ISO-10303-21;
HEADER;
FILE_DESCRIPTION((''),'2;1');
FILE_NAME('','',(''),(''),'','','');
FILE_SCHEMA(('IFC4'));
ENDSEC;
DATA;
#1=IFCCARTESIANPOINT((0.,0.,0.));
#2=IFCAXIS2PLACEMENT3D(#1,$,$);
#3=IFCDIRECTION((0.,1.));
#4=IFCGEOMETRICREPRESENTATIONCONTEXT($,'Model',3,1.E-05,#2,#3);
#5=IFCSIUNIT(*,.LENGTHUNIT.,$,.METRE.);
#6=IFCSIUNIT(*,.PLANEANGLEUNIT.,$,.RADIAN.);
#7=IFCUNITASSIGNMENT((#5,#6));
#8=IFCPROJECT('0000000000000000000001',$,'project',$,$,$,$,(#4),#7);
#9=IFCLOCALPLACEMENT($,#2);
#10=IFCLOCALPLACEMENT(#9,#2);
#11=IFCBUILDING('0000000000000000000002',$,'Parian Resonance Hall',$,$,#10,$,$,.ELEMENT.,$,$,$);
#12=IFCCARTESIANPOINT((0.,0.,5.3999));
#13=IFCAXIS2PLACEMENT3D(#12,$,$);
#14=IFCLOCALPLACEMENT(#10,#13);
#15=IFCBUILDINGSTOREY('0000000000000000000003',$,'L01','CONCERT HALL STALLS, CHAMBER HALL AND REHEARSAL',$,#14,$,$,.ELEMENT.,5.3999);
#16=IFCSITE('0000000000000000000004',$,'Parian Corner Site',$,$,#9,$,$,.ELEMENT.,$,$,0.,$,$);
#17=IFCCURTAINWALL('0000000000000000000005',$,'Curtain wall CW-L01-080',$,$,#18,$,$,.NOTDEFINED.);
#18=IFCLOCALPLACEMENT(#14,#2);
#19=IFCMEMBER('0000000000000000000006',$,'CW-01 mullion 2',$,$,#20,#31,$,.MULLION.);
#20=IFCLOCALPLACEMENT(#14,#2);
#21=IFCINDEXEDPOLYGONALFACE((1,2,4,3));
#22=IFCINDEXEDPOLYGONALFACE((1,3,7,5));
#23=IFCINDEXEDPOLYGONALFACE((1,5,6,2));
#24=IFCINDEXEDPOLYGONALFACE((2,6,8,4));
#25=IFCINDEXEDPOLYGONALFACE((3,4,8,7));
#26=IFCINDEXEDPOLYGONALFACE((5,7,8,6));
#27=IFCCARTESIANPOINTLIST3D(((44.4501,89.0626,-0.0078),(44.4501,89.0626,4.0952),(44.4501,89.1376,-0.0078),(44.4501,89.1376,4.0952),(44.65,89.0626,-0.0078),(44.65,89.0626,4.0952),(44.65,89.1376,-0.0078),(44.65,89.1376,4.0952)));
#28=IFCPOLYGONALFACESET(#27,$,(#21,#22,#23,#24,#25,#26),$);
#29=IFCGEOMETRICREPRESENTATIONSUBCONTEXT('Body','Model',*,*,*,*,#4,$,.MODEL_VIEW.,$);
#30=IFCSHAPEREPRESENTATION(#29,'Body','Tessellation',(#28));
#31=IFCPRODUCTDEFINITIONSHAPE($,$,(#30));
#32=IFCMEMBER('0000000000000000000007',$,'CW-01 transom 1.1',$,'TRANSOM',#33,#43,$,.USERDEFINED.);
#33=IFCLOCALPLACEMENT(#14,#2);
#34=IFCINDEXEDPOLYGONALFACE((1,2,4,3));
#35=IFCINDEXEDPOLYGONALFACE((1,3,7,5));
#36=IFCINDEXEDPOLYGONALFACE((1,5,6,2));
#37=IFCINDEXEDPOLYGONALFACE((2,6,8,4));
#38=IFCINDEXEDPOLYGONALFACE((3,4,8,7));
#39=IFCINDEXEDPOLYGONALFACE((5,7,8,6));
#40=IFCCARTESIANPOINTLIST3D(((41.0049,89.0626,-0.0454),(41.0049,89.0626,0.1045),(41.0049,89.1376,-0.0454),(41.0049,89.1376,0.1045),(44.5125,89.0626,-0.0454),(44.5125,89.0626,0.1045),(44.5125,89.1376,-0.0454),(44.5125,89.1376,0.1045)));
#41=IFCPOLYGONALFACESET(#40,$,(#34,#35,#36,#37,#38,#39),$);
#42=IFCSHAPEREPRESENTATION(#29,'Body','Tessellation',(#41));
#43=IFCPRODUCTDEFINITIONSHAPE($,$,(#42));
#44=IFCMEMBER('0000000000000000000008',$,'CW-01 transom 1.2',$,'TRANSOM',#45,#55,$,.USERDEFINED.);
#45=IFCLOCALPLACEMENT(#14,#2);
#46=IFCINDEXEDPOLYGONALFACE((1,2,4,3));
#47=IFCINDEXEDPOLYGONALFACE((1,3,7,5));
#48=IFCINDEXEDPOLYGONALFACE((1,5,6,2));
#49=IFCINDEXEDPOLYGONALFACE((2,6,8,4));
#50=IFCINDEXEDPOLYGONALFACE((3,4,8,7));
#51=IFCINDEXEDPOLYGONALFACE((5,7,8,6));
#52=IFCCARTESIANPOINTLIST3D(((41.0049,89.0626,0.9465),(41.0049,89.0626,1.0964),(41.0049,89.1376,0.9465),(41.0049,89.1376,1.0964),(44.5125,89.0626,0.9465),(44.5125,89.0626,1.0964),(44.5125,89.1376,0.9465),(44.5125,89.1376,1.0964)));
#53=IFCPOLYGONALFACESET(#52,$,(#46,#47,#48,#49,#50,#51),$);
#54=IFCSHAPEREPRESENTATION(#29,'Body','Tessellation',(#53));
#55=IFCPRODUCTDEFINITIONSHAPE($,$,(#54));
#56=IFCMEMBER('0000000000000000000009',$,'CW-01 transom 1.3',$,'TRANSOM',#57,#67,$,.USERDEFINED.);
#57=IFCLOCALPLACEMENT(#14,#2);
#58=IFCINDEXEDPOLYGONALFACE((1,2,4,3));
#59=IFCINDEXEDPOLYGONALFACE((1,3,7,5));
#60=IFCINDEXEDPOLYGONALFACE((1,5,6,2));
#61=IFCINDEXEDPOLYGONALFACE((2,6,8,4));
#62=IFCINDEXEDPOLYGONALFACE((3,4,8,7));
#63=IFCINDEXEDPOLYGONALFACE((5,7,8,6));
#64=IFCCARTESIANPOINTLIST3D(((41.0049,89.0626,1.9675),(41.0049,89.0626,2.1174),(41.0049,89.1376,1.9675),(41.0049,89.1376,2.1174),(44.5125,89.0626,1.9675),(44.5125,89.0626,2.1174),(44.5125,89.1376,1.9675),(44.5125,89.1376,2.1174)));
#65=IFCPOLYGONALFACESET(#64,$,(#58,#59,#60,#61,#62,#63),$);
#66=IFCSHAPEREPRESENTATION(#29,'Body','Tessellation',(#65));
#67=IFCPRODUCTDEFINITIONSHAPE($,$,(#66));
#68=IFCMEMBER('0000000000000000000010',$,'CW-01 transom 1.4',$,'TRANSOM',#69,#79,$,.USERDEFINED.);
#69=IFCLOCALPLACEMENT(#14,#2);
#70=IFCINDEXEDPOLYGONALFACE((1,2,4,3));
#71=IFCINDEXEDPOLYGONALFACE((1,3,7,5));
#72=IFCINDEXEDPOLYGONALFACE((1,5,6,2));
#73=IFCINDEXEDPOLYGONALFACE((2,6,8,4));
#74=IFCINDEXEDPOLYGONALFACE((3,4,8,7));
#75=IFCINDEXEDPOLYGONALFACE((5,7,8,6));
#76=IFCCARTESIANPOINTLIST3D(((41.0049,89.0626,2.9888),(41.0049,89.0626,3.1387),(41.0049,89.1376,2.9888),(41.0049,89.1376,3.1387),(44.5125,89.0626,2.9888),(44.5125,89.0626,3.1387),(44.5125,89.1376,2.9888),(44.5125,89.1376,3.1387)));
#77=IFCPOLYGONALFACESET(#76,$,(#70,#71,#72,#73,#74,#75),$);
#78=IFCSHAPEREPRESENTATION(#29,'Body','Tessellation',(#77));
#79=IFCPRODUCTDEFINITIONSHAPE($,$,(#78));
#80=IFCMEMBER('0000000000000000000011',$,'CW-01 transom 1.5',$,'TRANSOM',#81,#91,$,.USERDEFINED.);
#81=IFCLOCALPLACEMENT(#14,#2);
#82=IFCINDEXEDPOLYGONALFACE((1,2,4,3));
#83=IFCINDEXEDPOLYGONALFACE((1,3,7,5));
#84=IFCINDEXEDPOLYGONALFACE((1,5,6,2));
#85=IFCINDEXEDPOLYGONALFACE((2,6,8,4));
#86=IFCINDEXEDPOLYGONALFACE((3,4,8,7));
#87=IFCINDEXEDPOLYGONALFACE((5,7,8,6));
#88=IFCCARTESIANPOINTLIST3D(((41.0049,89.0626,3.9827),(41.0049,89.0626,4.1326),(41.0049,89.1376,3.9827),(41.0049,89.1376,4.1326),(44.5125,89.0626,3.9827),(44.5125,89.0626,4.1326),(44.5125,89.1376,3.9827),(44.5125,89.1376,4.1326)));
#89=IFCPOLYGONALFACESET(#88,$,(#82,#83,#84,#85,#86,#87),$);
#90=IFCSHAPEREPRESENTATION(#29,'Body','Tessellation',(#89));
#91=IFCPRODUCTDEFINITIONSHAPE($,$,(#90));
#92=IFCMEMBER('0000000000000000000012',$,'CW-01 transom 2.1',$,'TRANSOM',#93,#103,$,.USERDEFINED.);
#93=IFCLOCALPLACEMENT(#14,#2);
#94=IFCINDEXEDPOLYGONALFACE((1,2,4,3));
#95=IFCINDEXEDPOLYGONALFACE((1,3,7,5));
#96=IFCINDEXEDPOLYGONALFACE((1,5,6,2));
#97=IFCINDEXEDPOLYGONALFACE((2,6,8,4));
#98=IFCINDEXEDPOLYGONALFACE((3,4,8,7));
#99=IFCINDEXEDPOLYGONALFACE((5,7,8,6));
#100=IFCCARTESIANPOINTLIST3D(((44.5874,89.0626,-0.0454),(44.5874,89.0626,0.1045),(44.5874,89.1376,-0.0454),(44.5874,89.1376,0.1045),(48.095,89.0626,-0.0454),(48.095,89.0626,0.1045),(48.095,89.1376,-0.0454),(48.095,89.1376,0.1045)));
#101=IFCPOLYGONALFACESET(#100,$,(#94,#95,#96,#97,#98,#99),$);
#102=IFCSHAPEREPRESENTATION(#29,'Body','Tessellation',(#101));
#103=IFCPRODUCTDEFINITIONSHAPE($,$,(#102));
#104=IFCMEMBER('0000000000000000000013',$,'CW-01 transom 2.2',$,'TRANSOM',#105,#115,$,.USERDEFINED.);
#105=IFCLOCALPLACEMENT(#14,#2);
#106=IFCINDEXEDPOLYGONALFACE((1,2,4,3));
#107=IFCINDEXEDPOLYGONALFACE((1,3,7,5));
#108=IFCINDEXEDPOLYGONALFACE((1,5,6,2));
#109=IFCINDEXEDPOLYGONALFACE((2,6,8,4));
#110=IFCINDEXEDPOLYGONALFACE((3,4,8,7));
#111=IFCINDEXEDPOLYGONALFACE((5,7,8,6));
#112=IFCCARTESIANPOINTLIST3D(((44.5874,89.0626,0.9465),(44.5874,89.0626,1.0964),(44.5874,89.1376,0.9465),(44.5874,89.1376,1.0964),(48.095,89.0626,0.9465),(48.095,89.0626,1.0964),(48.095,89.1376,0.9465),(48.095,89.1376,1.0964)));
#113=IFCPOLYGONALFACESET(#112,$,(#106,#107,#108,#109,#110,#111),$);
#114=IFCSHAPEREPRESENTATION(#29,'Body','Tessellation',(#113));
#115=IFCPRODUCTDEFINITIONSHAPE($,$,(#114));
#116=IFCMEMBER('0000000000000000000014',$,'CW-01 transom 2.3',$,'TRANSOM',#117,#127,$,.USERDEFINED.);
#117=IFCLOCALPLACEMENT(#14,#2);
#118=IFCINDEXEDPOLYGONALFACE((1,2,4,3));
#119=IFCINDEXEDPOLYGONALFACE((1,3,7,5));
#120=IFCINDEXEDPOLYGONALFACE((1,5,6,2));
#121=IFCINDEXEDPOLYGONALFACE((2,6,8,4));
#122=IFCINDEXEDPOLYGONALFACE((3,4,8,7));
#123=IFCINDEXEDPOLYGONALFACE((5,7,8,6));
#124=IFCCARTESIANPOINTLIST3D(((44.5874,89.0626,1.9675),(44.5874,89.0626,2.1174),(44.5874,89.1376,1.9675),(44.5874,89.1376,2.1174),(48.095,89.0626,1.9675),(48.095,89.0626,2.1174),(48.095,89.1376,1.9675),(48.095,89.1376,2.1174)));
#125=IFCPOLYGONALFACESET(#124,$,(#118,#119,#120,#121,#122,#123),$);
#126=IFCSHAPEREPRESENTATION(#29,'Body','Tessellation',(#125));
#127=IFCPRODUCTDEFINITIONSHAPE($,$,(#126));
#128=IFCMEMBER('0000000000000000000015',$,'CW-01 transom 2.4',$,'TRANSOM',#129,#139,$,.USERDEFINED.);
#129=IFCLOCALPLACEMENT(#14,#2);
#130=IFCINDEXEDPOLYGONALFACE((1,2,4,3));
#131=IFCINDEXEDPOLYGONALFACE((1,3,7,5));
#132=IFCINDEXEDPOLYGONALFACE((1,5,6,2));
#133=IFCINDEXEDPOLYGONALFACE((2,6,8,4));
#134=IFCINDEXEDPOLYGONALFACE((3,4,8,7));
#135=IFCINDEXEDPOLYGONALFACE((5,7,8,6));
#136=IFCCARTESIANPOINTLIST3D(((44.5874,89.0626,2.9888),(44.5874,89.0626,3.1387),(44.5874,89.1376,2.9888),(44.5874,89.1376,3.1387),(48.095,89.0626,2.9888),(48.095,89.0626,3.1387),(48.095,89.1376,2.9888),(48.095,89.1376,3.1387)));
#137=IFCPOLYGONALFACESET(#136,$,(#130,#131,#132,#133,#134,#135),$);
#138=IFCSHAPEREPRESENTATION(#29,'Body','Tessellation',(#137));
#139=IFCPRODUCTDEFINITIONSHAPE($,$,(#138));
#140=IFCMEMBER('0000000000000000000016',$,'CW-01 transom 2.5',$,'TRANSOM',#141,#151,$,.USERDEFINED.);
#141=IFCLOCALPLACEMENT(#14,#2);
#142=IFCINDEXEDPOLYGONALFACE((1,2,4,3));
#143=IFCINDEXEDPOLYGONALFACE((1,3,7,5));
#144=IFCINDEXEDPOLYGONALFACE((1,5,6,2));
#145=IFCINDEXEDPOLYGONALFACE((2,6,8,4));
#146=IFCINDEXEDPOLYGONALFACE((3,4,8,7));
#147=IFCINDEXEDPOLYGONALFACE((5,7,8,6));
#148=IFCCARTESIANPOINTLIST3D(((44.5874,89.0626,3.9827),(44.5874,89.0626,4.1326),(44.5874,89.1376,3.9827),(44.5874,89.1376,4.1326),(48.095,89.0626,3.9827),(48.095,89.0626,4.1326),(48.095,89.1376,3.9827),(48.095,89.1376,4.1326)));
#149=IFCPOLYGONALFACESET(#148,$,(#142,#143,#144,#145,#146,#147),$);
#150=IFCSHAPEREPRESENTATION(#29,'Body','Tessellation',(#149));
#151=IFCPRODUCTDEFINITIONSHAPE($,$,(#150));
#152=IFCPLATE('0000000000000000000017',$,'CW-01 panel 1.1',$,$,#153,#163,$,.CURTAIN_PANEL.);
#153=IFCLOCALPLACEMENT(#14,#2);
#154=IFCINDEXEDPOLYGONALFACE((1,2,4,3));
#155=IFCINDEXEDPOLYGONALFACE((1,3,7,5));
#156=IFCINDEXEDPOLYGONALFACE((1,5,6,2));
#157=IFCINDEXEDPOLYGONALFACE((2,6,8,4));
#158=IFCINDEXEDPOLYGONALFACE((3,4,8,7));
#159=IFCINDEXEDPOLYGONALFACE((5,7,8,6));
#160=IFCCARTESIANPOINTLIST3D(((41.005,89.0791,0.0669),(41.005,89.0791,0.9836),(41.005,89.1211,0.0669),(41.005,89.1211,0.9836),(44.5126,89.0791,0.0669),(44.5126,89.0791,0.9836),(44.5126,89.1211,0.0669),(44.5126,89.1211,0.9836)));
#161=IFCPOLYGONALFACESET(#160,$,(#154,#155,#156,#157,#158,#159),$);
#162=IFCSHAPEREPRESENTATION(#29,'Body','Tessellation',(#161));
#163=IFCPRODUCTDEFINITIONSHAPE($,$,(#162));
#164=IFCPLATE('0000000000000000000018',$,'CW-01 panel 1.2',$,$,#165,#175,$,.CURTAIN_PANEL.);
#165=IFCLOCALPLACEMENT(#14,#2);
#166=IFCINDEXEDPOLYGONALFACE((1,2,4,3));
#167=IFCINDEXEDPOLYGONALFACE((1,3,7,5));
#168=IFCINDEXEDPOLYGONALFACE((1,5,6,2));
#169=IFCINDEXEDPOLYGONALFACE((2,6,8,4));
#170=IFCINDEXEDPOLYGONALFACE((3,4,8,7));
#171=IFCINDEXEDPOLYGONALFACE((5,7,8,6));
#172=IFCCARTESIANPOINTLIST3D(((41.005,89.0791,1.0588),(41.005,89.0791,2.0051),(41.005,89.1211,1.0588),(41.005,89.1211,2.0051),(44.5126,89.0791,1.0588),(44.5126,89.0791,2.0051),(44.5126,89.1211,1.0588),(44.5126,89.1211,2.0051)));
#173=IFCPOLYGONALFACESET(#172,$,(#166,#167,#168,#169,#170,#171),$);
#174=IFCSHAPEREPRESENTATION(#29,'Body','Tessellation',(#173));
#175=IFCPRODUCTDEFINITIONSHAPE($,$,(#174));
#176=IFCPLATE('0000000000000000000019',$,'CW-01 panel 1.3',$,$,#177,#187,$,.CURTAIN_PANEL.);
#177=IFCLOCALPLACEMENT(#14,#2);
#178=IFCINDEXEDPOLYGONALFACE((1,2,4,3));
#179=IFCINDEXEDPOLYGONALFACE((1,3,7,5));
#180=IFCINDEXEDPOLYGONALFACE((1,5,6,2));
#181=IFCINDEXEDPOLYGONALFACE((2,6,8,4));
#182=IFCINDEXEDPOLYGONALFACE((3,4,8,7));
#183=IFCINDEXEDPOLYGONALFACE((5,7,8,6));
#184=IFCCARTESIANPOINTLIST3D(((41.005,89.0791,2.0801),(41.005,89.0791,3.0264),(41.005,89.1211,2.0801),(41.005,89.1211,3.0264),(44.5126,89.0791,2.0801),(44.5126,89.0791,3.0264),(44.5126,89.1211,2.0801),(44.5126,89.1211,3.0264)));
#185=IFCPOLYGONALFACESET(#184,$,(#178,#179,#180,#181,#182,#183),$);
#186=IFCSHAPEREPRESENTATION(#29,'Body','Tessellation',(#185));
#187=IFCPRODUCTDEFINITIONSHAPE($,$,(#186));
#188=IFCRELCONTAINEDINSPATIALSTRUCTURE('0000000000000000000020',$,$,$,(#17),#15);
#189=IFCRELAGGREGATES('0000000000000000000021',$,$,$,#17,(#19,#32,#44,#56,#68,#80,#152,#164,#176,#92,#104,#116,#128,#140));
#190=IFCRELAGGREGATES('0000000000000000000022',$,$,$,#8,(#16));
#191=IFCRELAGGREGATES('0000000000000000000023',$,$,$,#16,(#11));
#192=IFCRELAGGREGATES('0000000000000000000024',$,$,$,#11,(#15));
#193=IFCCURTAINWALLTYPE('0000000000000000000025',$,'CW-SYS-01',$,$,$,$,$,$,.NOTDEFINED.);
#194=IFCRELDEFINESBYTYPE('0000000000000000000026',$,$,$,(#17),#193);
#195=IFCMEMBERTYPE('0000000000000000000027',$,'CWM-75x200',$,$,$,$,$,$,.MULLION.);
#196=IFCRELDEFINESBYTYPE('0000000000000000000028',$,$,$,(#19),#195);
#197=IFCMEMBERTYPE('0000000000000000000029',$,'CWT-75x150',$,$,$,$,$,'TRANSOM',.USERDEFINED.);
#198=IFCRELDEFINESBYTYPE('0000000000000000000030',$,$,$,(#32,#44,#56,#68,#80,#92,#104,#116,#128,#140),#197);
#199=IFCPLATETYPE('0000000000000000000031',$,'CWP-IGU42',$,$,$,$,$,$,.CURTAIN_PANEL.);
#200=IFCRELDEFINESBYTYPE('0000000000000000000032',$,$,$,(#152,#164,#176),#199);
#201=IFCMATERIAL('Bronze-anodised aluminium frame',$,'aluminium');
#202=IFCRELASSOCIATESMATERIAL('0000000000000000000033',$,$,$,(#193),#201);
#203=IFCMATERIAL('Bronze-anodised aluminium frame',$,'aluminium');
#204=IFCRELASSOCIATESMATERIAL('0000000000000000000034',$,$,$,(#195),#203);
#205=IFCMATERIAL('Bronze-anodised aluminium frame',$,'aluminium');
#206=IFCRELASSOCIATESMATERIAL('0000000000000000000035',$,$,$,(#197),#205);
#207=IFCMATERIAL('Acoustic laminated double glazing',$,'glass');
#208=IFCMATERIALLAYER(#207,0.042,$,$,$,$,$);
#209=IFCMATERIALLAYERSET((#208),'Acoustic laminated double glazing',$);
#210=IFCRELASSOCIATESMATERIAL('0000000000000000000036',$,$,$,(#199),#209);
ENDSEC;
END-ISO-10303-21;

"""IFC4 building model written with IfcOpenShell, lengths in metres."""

from ifc_helpers import new_model, si_unit, direction, frame, origin, origin_2d, place, context, subcontext, project, spatial, rectangle, extrude, material, layer, layer_set, material_profile, profile_set, type_object, element, aggregate, save


model = new_model("IFC4")

# Units and contexts
model_context = context("Model", 3, precision=1e-05, world=origin(), true_north=direction((0.0, 1.0)))
body_context = subcontext(model_context, "Body", "Model", "MODEL_VIEW")
ifc_project = project(units=[si_unit("LENGTHUNIT", "METRE"), si_unit("PLANEANGLEUNIT", "RADIAN")], contexts=[model_context])

# Site, building, storey
site_placement = place(None, origin())
site = spatial("IfcSite", under=ifc_project, at=site_placement, Name="Parian Corner Site", CompositionType="ELEMENT", RefElevation=0.0)
building_placement = place(site_placement, origin())
building = spatial("IfcBuilding", under=site, at=building_placement, Name="Parian Resonance Hall", CompositionType="ELEMENT")
storey_placement = place(building_placement, frame((0.0, 0.0, 5.3999)))
storey = spatial("IfcBuildingStorey", under=building, at=storey_placement, Name="L01", Description="CONCERT HALL STALLS, CHAMBER HALL AND REHEARSAL", CompositionType="ELEMENT", Elevation=5.3999)

# Curtain wall, members, plates
ifc_material_1 = material(Name="Bronze-anodised aluminium frame", Category="aluminium")
curtain_wall_type = type_object("IfcCurtainWallType", Name="CW-SYS-01", PredefinedType="NOTDEFINED", material=ifc_material_1)
curtain_wall_placement = place(storey_placement, origin())
curtain_wall = element("IfcCurtainWall", 1, at=curtain_wall_placement, inside=storey, type_object=curtain_wall_type, Name="Curtain wall CW-L01-080", PredefinedType="NOTDEFINED")
ifc_material_2 = material(Name="Bronze-anodised aluminium frame", Category="aluminium")
ifc_material_profile_1 = material_profile(ifc_material_2, rectangle(XDim=0.075, YDim=0.2, at=origin_2d()), Name="CWM-75x200")
ifc_profile_set_1 = profile_set([ifc_material_profile_1], Name="Bronze-anodised aluminium frame")
member_type_1 = type_object("IfcMemberType", Name="CWM-75x200", PredefinedType="MULLION", material=ifc_profile_set_1)
member_1_placement = place(storey_placement, frame((44.55, 89.1001, -0.0078), z_axis=(0.0, 0.0, 1.0), x_axis=(0.0, 1.0, 0.0)))
member_1 = element("IfcMember", 2, at=member_1_placement, type_object=member_type_1, Name="CW-01 mullion 2", PredefinedType="MULLION", context=body_context, shape_type="SweptSolid", body=[
    extrude(rectangle(XDim=0.075, YDim=0.2, at=origin_2d()), origin(), (0.0, 0.0, 1.0), 4.103),
])
ifc_material_3 = material(Name="Bronze-anodised aluminium frame", Category="aluminium")
ifc_material_profile_2 = material_profile(ifc_material_3, rectangle(XDim=0.075, YDim=0.1499, at=origin_2d()), Name="CWT-75x150")
ifc_profile_set_2 = profile_set([ifc_material_profile_2], Name="Bronze-anodised aluminium frame")
member_type_2 = type_object("IfcMemberType", Name="CWT-75x150", ElementType="TRANSOM", PredefinedType="USERDEFINED", material=ifc_profile_set_2)
member_2_placement = place(storey_placement, frame((41.0049, 89.1001, 0.0295), z_axis=(1.0, 0.0, 0.0), x_axis=(0.0, 1.0, 0.0)))
member_2 = element("IfcMember", 3, at=member_2_placement, type_object=member_type_2, Name="CW-01 transom 1.1", ObjectType="TRANSOM", PredefinedType="USERDEFINED", context=body_context, shape_type="SweptSolid", body=[
    extrude(rectangle(XDim=0.075, YDim=0.1499, at=origin_2d()), origin(), (0.0, 0.0, 1.0), 3.5076),
])
member_3_placement = place(storey_placement, frame((41.0049, 89.1001, 1.0215), z_axis=(1.0, 0.0, 0.0), x_axis=(0.0, 1.0, 0.0)))
member_3 = element("IfcMember", 4, at=member_3_placement, type_object=member_type_2, Name="CW-01 transom 1.2", ObjectType="TRANSOM", PredefinedType="USERDEFINED", context=body_context, shape_type="SweptSolid", body=[
    extrude(rectangle(XDim=0.075, YDim=0.1499, at=origin_2d()), origin(), (0.0, 0.0, 1.0), 3.5076),
])
member_4_placement = place(storey_placement, frame((41.0049, 89.1001, 2.0425), z_axis=(1.0, 0.0, 0.0), x_axis=(0.0, 1.0, 0.0)))
member_4 = element("IfcMember", 5, at=member_4_placement, type_object=member_type_2, Name="CW-01 transom 1.3", ObjectType="TRANSOM", PredefinedType="USERDEFINED", context=body_context, shape_type="SweptSolid", body=[
    extrude(rectangle(XDim=0.075, YDim=0.1499, at=origin_2d()), origin(), (0.0, 0.0, 1.0), 3.5076),
])
member_5_placement = place(storey_placement, frame((41.0049, 89.1001, 3.0637), z_axis=(1.0, 0.0, 0.0), x_axis=(0.0, 1.0, 0.0)))
member_5 = element("IfcMember", 6, at=member_5_placement, type_object=member_type_2, Name="CW-01 transom 1.4", ObjectType="TRANSOM", PredefinedType="USERDEFINED", context=body_context, shape_type="SweptSolid", body=[
    extrude(rectangle(XDim=0.075, YDim=0.1499, at=origin_2d()), origin(), (0.0, 0.0, 1.0), 3.5076),
])
member_6_placement = place(storey_placement, frame((41.0049, 89.1001, 4.0576), z_axis=(1.0, 0.0, 0.0), x_axis=(0.0, 1.0, 0.0)))
member_6 = element("IfcMember", 7, at=member_6_placement, type_object=member_type_2, Name="CW-01 transom 1.5", ObjectType="TRANSOM", PredefinedType="USERDEFINED", context=body_context, shape_type="SweptSolid", body=[
    extrude(rectangle(XDim=0.075, YDim=0.1499, at=origin_2d()), origin(), (0.0, 0.0, 1.0), 3.5076),
])
member_7_placement = place(storey_placement, frame((44.5874, 89.1001, 0.0295), z_axis=(1.0, 0.0, 0.0), x_axis=(0.0, 1.0, 0.0)))
member_7 = element("IfcMember", 8, at=member_7_placement, type_object=member_type_2, Name="CW-01 transom 2.1", ObjectType="TRANSOM", PredefinedType="USERDEFINED", context=body_context, shape_type="SweptSolid", body=[
    extrude(rectangle(XDim=0.075, YDim=0.1499, at=origin_2d()), origin(), (0.0, 0.0, 1.0), 3.5076),
])
member_8_placement = place(storey_placement, frame((44.5874, 89.1001, 1.0215), z_axis=(1.0, 0.0, 0.0), x_axis=(0.0, 1.0, 0.0)))
member_8 = element("IfcMember", 9, at=member_8_placement, type_object=member_type_2, Name="CW-01 transom 2.2", ObjectType="TRANSOM", PredefinedType="USERDEFINED", context=body_context, shape_type="SweptSolid", body=[
    extrude(rectangle(XDim=0.075, YDim=0.1499, at=origin_2d()), origin(), (0.0, 0.0, 1.0), 3.5076),
])
member_9_placement = place(storey_placement, frame((44.5874, 89.1001, 2.0425), z_axis=(1.0, 0.0, 0.0), x_axis=(0.0, 1.0, 0.0)))
member_9 = element("IfcMember", 10, at=member_9_placement, type_object=member_type_2, Name="CW-01 transom 2.3", ObjectType="TRANSOM", PredefinedType="USERDEFINED", context=body_context, shape_type="SweptSolid", body=[
    extrude(rectangle(XDim=0.075, YDim=0.1499, at=origin_2d()), origin(), (0.0, 0.0, 1.0), 3.5076),
])
member_10_placement = place(storey_placement, frame((44.5874, 89.1001, 3.0637), z_axis=(1.0, 0.0, 0.0), x_axis=(0.0, 1.0, 0.0)))
member_10 = element("IfcMember", 11, at=member_10_placement, type_object=member_type_2, Name="CW-01 transom 2.4", ObjectType="TRANSOM", PredefinedType="USERDEFINED", context=body_context, shape_type="SweptSolid", body=[
    extrude(rectangle(XDim=0.075, YDim=0.1499, at=origin_2d()), origin(), (0.0, 0.0, 1.0), 3.5076),
])
member_11_placement = place(storey_placement, frame((44.5874, 89.1001, 4.0576), z_axis=(1.0, 0.0, 0.0), x_axis=(0.0, 1.0, 0.0)))
member_11 = element("IfcMember", 12, at=member_11_placement, type_object=member_type_2, Name="CW-01 transom 2.5", ObjectType="TRANSOM", PredefinedType="USERDEFINED", context=body_context, shape_type="SweptSolid", body=[
    extrude(rectangle(XDim=0.075, YDim=0.1499, at=origin_2d()), origin(), (0.0, 0.0, 1.0), 3.5076),
])
ifc_material_4 = material(Name="Acoustic laminated double glazing", Category="glass")
ifc_layer_1 = layer(ifc_material_4, 0.042)
ifc_layer_set_1 = layer_set([ifc_layer_1], Name="Acoustic laminated double glazing")
plate_type = type_object("IfcPlateType", Name="CWP-IGU42", PredefinedType="CURTAIN_PANEL", material=ifc_layer_set_1)
plate_1_placement = place(storey_placement, frame((42.7588, 89.1001, 0.0669), z_axis=(0.0, 0.0, 1.0), x_axis=(1.0, 0.0, 0.0)))
plate_1 = element("IfcPlate", 13, at=plate_1_placement, type_object=plate_type, Name="CW-01 panel 1.1", PredefinedType="CURTAIN_PANEL", context=body_context, shape_type="SweptSolid", body=[
    extrude(rectangle(XDim=3.5076, YDim=0.042, at=origin_2d()), origin(), (0.0, 0.0, 1.0), 0.9167),
])
plate_2_placement = place(storey_placement, frame((42.7588, 89.1001, 1.0588), z_axis=(0.0, 0.0, 1.0), x_axis=(1.0, 0.0, 0.0)))
plate_2 = element("IfcPlate", 14, at=plate_2_placement, type_object=plate_type, Name="CW-01 panel 1.2", PredefinedType="CURTAIN_PANEL", context=body_context, shape_type="SweptSolid", body=[
    extrude(rectangle(XDim=3.5076, YDim=0.042, at=origin_2d()), origin(), (0.0, 0.0, 1.0), 0.9463),
])
plate_3_placement = place(storey_placement, frame((42.7588, 89.1001, 2.0801), z_axis=(0.0, 0.0, 1.0), x_axis=(1.0, 0.0, 0.0)))
plate_3 = element("IfcPlate", 15, at=plate_3_placement, type_object=plate_type, Name="CW-01 panel 1.3", PredefinedType="CURTAIN_PANEL", context=body_context, shape_type="SweptSolid", body=[
    extrude(rectangle(XDim=3.5076, YDim=0.042, at=origin_2d()), origin(), (0.0, 0.0, 1.0), 0.9463),
])
aggregate(curtain_wall, [member_1, member_2, member_3, member_4, member_5, member_6, plate_1, plate_2, plate_3, member_7, member_8, member_9, member_10, member_11])

save(model, "model.ifc")
